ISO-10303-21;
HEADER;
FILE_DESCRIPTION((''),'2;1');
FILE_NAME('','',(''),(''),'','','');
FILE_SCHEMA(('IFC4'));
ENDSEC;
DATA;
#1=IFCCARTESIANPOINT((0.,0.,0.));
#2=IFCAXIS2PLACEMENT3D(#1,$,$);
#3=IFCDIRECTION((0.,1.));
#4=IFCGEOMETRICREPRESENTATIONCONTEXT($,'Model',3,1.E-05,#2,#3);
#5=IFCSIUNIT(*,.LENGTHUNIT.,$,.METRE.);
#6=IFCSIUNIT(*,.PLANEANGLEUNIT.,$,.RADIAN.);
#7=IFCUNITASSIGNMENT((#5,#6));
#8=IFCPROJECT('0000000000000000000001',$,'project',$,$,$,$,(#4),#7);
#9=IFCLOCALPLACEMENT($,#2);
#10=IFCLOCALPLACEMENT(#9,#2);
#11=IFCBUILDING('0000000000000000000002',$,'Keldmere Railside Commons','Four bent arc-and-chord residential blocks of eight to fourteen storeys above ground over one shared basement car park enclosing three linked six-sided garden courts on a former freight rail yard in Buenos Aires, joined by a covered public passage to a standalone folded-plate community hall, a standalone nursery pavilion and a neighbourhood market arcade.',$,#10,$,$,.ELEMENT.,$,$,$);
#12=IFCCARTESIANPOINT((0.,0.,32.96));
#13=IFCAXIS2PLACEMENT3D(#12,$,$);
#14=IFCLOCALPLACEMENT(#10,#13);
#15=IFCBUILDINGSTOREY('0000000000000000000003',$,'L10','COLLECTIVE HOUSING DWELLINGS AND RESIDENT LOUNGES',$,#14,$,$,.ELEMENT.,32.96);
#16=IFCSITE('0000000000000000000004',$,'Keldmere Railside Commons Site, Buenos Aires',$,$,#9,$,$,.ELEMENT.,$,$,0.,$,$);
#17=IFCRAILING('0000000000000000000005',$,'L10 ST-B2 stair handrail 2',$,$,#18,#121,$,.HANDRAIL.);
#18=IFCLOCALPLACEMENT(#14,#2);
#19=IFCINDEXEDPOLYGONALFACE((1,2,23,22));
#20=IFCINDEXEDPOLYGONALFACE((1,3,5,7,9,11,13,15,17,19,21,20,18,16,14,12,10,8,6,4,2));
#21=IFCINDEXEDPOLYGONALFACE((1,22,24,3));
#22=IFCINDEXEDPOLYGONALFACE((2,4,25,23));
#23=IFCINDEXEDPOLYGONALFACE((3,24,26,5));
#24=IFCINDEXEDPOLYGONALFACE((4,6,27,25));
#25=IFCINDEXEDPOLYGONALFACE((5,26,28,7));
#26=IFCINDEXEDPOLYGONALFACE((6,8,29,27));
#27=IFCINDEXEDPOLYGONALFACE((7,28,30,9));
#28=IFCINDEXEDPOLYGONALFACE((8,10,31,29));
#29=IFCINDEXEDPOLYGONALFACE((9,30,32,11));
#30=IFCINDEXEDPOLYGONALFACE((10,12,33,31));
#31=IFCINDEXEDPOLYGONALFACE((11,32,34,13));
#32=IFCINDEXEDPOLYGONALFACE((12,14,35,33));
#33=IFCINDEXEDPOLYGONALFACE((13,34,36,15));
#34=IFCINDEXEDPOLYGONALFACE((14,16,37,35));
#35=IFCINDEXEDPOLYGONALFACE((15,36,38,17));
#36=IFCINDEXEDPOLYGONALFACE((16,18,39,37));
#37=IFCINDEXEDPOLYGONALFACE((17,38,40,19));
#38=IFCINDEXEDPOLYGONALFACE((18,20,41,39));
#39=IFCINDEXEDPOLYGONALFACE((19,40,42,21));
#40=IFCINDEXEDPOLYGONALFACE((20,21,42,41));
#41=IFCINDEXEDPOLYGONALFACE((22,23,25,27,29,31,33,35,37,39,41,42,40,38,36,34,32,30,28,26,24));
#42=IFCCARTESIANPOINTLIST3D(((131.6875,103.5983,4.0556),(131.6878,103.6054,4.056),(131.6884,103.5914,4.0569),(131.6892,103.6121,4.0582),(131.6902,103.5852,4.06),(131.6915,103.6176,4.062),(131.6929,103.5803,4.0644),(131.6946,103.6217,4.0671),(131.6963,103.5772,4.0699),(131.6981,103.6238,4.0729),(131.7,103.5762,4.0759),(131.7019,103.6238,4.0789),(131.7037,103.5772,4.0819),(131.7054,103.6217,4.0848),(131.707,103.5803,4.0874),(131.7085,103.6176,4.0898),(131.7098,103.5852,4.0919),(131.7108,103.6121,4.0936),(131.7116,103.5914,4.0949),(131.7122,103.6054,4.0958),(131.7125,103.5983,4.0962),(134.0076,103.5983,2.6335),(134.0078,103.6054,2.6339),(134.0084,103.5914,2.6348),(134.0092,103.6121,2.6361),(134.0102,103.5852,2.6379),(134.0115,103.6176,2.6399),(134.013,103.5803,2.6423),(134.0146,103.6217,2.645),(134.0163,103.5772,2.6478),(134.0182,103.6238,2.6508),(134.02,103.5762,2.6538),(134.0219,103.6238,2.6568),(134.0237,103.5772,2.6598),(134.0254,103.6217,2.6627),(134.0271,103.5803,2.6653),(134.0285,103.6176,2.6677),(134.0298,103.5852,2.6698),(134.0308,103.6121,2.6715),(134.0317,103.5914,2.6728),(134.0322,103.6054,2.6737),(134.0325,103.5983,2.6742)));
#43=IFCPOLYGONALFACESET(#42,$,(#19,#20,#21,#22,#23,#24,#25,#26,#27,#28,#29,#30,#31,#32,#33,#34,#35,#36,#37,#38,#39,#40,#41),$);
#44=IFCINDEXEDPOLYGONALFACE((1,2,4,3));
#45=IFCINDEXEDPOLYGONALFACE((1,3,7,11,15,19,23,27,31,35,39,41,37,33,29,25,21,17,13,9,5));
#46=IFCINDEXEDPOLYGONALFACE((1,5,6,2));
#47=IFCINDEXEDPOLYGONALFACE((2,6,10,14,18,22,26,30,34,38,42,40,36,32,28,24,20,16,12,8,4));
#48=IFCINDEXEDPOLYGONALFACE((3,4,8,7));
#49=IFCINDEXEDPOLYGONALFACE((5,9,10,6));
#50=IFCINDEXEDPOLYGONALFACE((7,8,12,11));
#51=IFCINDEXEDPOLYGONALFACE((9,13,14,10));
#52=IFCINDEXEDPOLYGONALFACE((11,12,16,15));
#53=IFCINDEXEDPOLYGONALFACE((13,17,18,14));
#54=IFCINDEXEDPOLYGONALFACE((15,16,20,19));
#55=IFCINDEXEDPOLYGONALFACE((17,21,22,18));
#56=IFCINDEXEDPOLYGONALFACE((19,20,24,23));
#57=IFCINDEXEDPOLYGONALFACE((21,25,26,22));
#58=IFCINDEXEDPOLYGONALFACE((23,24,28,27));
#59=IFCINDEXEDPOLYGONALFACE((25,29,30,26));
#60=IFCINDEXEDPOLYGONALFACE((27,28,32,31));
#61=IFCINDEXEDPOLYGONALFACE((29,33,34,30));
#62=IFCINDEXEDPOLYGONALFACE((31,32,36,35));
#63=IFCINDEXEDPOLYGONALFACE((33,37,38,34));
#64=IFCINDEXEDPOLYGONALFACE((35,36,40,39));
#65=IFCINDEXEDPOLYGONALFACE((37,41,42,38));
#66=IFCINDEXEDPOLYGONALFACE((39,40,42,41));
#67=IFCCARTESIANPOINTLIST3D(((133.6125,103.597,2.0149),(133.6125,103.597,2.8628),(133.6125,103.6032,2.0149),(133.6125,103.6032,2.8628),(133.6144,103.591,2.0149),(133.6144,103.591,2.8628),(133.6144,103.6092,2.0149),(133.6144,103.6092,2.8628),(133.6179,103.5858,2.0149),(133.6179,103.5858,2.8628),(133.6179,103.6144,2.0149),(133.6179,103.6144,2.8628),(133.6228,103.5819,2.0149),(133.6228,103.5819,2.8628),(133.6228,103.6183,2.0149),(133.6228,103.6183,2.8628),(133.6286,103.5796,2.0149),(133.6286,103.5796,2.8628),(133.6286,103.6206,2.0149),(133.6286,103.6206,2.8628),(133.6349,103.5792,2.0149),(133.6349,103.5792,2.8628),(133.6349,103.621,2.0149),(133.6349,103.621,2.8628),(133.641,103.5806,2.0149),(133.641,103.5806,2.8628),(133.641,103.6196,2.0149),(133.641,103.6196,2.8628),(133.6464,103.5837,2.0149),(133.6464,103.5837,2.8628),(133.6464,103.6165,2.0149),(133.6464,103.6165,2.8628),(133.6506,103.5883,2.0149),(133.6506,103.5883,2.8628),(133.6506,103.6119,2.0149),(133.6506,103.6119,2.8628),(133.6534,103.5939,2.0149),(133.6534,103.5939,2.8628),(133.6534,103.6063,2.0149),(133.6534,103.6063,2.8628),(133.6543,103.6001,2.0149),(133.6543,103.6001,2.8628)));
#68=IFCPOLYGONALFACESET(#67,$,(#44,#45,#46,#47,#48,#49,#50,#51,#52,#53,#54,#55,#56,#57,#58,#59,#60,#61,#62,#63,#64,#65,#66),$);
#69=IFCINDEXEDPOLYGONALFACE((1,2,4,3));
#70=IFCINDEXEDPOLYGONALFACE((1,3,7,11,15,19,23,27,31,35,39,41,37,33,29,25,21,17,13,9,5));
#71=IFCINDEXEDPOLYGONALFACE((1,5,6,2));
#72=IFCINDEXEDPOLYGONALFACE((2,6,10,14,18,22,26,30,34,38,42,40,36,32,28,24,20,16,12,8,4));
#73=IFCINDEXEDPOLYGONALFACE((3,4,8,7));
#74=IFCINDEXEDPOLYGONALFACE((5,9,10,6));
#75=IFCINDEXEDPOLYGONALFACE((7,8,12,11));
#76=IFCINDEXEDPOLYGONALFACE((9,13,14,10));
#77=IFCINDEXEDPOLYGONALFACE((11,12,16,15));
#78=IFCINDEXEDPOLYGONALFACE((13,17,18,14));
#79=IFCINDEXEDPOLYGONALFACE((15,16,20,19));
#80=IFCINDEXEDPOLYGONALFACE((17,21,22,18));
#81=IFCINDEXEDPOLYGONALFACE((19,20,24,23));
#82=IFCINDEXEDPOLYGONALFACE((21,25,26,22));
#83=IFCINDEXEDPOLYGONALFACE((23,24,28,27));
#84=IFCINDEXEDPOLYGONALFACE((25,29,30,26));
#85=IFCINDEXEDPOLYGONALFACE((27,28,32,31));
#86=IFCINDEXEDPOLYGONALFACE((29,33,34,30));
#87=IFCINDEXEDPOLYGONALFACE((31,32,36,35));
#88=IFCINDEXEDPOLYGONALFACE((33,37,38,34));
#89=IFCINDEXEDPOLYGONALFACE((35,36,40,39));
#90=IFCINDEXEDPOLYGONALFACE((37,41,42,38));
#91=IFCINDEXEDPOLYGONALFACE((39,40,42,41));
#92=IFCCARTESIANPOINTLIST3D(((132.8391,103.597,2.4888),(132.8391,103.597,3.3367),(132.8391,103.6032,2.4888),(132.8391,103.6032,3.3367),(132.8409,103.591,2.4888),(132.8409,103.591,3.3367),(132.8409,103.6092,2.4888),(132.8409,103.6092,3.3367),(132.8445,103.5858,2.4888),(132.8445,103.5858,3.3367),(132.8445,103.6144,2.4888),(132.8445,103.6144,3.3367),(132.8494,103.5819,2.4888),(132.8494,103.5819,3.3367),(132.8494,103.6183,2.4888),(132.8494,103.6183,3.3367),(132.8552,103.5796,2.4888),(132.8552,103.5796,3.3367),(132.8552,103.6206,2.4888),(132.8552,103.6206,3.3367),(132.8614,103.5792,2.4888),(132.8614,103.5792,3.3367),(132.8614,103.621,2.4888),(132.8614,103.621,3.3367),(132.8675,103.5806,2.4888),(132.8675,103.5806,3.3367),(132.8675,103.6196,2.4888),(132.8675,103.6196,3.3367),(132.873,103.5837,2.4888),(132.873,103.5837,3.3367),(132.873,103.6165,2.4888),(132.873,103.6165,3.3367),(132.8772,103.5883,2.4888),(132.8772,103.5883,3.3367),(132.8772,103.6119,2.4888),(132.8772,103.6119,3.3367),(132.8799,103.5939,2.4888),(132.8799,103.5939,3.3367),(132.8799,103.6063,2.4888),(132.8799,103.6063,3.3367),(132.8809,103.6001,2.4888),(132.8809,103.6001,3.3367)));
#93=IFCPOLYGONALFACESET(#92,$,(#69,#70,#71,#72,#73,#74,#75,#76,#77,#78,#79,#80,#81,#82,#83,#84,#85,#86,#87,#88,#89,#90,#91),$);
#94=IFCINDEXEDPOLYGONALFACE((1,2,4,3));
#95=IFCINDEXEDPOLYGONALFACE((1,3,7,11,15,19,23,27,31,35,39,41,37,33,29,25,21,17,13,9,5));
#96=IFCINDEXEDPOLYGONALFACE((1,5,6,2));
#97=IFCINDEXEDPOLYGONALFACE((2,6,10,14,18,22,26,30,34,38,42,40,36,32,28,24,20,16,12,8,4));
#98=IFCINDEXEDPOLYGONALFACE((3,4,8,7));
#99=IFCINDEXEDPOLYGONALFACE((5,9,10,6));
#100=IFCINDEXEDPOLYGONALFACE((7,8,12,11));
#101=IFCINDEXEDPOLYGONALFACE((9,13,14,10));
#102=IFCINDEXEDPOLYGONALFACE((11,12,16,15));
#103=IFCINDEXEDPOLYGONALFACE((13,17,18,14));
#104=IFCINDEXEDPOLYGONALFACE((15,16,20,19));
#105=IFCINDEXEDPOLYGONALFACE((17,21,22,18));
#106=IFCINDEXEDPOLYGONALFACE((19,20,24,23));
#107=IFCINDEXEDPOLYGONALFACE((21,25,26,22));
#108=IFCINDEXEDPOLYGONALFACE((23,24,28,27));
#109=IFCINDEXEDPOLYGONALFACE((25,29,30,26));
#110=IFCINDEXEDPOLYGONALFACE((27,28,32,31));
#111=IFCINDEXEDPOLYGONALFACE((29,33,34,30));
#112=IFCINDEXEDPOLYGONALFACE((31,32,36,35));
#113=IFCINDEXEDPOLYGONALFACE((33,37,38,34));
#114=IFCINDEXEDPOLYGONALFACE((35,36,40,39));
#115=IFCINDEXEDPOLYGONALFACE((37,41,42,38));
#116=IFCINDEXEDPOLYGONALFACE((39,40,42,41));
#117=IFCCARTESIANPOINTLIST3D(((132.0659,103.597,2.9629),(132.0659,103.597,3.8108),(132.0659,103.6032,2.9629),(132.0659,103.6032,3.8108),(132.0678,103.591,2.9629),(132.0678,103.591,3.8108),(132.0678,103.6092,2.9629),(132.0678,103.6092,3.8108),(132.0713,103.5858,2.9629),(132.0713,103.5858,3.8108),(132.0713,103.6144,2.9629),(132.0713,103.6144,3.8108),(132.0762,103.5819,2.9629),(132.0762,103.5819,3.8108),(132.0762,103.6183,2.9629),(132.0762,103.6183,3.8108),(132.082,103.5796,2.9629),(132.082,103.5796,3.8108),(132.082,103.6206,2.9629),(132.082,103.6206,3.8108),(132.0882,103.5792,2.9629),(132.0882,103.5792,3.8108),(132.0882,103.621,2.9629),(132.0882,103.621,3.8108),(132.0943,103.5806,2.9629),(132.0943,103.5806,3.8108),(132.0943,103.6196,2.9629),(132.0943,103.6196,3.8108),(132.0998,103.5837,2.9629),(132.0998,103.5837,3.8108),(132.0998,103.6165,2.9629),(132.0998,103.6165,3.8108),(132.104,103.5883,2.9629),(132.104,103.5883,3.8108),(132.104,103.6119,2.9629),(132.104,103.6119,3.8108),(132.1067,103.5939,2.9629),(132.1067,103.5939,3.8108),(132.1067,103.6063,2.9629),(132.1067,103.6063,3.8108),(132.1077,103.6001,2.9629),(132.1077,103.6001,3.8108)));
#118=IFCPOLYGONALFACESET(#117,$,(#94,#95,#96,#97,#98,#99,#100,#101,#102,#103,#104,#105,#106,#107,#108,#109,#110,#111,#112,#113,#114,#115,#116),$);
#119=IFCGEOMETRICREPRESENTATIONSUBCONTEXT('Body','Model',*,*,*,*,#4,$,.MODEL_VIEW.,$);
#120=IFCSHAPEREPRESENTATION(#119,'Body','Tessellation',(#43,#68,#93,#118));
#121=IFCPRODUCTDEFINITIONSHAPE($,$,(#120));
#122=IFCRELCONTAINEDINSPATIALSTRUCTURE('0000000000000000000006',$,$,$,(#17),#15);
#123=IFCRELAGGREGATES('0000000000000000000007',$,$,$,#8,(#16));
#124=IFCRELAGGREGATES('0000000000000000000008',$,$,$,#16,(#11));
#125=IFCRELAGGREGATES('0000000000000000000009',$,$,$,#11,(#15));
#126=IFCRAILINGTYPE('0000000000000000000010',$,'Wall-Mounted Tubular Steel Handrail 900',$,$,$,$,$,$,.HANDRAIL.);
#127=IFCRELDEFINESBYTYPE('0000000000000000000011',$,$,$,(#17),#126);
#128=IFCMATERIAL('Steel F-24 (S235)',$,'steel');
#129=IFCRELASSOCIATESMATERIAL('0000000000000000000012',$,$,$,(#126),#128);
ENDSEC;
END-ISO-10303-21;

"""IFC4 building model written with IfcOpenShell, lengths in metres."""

from ifc_helpers import new_model, si_unit, direction, frame, origin, origin_2d, place, context, subcontext, project, spatial, circle, extrude, material, type_object, element, save


model = new_model("IFC4")

# Units and contexts
model_context = context("Model", 3, precision=1e-05, world=origin(), true_north=direction((0.0, 1.0)))
body_context = subcontext(model_context, "Body", "Model", "MODEL_VIEW")
ifc_project = project(units=[si_unit("LENGTHUNIT", "METRE"), si_unit("PLANEANGLEUNIT", "RADIAN")], contexts=[model_context])

# Site, building, storey
site_placement = place(None, origin())
site = spatial("IfcSite", under=ifc_project, at=site_placement, Name="Keldmere Railside Commons Site, Buenos Aires", CompositionType="ELEMENT", RefElevation=0.0)
building_placement = place(site_placement, origin())
building = spatial("IfcBuilding", under=site, at=building_placement, Name="Keldmere Railside Commons", Description="Four bent arc-and-chord residential blocks of eight to fourteen storeys above ground over one shared basement car park enclosing three linked six-sided garden courts on a former freight rail yard in Buenos Aires, joined by a covered public passage to a standalone folded-plate community hall, a standalone nursery pavilion and a neighbourhood market arcade.", CompositionType="ELEMENT")
storey_placement = place(building_placement, frame((0.0, 0.0, 32.96)))
storey = spatial("IfcBuildingStorey", under=building, at=storey_placement, Name="L10", Description="COLLECTIVE HOUSING DWELLINGS AND RESIDENT LOUNGES", CompositionType="ELEMENT", Elevation=32.96)

# Railing
ifc_material_1 = material(Name="Steel F-24 (S235)", Category="steel")
railing_type_1 = type_object("IfcRailingType", Name="Wall-Mounted Tubular Steel Handrail 900", PredefinedType="HANDRAIL", material=ifc_material_1)
railing_1_placement = place(storey_placement, frame((134.02, 103.6001, 1.7778)))
element("IfcRailing", 1, at=railing_1_placement, inside=storey, type_object=railing_type_1, Name="L10 ST-B2 stair handrail 2", PredefinedType="HANDRAIL", context=body_context, shape_type="SweptSolid", body=[
    extrude(circle(Radius=0.0239, at=origin_2d()), frame((0.0, 0.0, 0.876), z_axis=(-0.852578, 0.0, 0.5226), x_axis=(0.0, -1.0, 0.0)), (0.0, 0.0, 1.0), 2.7212),
    extrude(circle(Radius=0.021, at=origin_2d()), frame((-0.3867, 0.0, 0.2371)), (0.0, 0.0, 1.0), 0.8479),
    extrude(circle(Radius=0.021, at=origin_2d()), frame((-1.1602, 0.0, 0.7109)), (0.0, 0.0, 1.0), 0.8479),
    extrude(circle(Radius=0.021, at=origin_2d()), frame((-1.9333, 0.0, 1.1851)), (0.0, 0.0, 1.0), 0.8479),
])

save(model, "model.ifc")
